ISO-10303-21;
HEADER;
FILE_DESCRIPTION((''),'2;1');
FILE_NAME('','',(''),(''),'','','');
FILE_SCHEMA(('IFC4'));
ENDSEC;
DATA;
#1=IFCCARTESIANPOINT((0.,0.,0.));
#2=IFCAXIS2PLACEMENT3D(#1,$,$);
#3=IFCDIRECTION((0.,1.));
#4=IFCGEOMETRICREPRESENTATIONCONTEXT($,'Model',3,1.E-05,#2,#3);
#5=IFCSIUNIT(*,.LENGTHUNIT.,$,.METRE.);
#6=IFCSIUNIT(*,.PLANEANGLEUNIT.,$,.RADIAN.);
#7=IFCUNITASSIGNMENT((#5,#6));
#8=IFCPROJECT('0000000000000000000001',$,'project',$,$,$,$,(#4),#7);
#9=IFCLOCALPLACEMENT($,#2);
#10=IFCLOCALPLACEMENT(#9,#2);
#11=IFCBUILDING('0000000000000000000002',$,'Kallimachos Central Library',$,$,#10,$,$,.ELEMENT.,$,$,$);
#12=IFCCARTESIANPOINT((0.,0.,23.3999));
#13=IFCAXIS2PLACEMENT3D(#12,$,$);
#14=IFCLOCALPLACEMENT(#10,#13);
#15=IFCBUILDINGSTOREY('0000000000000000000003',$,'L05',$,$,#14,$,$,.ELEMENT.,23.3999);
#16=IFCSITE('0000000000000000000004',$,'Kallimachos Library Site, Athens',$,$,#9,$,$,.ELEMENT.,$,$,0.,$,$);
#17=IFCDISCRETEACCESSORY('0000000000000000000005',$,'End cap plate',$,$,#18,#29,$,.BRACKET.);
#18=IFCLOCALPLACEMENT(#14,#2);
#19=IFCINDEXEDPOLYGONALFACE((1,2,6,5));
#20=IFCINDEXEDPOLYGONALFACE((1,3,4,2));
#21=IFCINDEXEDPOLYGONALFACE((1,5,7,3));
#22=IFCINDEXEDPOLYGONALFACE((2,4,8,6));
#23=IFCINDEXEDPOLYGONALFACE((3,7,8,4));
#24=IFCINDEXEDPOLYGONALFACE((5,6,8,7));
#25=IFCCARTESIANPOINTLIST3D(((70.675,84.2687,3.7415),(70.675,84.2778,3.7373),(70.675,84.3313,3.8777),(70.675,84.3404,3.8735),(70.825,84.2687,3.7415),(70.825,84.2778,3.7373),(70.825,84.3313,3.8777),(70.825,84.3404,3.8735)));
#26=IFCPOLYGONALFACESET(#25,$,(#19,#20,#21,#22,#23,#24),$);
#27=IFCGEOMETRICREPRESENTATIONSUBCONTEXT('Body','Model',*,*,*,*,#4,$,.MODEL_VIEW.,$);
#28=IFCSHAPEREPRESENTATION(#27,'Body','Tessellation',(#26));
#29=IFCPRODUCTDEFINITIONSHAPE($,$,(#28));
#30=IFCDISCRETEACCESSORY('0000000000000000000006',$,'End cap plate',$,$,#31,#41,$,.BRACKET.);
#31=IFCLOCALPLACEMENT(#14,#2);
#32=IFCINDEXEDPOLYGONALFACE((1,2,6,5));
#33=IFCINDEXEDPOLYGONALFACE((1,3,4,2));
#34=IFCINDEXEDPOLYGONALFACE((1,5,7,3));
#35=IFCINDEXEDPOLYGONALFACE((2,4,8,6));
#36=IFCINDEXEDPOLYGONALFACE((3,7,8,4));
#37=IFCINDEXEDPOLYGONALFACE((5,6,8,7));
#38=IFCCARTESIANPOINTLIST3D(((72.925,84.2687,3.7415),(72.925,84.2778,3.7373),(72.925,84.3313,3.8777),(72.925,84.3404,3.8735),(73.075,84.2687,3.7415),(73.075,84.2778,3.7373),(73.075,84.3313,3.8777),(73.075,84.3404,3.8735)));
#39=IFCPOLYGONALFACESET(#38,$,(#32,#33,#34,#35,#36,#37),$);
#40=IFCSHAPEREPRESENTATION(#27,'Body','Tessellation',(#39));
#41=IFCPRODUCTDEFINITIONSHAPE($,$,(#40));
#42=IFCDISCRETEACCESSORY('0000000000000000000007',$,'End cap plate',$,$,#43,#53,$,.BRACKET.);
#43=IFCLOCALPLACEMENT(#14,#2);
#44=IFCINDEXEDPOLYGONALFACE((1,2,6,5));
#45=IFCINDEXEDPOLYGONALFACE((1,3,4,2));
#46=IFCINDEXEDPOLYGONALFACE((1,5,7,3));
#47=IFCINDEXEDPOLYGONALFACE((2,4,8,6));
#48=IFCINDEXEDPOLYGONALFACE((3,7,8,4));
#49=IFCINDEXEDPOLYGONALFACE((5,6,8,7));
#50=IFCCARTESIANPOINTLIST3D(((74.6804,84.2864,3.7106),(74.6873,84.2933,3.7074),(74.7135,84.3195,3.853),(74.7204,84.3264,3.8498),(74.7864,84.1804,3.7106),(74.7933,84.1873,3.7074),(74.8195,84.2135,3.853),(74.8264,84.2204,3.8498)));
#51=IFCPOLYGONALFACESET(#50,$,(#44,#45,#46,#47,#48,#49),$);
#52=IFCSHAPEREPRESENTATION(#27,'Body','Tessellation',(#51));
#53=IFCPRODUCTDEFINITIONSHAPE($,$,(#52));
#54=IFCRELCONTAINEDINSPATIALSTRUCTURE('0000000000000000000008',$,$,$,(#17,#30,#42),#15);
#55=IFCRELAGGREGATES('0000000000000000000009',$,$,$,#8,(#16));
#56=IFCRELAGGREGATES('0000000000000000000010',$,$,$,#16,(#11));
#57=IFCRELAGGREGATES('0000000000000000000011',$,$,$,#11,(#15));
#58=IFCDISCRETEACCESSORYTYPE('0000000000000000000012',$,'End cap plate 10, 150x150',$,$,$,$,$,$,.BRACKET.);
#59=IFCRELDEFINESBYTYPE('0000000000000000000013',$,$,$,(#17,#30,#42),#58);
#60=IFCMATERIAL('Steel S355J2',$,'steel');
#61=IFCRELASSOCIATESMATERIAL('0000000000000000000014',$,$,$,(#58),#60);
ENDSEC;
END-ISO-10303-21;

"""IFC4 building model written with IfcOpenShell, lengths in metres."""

from ifc_helpers import new_model, si_unit, direction, frame, origin, origin_2d, place, context, subcontext, project, spatial, rectangle, extrude, material, material_profile, profile_set, type_object, element, save


model = new_model("IFC4")

# Units and contexts
model_context = context("Model", 3, precision=1e-05, world=origin(), true_north=direction((0.0, 1.0)))
body_context = subcontext(model_context, "Body", "Model", "MODEL_VIEW")
ifc_project = project(units=[si_unit("LENGTHUNIT", "METRE"), si_unit("PLANEANGLEUNIT", "RADIAN")], contexts=[model_context])

# Site, building, storey
site_placement = place(None, origin())
site = spatial("IfcSite", under=ifc_project, at=site_placement, Name="Kallimachos Library Site, Athens", CompositionType="ELEMENT", RefElevation=0.0)
building_placement = place(site_placement, origin())
building = spatial("IfcBuilding", under=site, at=building_placement, Name="Kallimachos Central Library", CompositionType="ELEMENT")
storey_placement = place(building_placement, frame((0.0, 0.0, 23.3999)))
storey = spatial("IfcBuildingStorey", under=building, at=storey_placement, Name="L05", CompositionType="ELEMENT", Elevation=23.3999)

# Discrete accessories
ifc_material_1 = material(Name="Steel S355J2", Category="steel")
ifc_material_profile_1 = material_profile(ifc_material_1, rectangle(XDim=0.1499, YDim=0.1499, at=origin_2d()), Name="End cap plate 10, 150x150")
ifc_profile_set_1 = profile_set([ifc_material_profile_1], Name="Steel S355J2")
discrete_accessory_type = type_object("IfcDiscreteAccessoryType", Name="End cap plate 10, 150x150", PredefinedType="BRACKET", material=ifc_profile_set_1)
for number, where, z_axis, x_axis, name in (
    (1, (70.75, 84.3091, 3.8054), (0.0, -0.908677, 0.4175), (1.0, 0.0, 0.0), "End cap plate"),
    (2, (73.0, 84.3091, 3.8054), (0.0, -0.908677, 0.4175), (1.0, 0.0, 0.0), "End cap plate"),
):
    element("IfcDiscreteAccessory", number, at=place(storey_placement, frame(where, z_axis=z_axis, x_axis=x_axis)), inside=storey, type_object=discrete_accessory_type, Name=name, PredefinedType="BRACKET", context=body_context, shape_type="SweptSolid", body=[
        extrude(rectangle(XDim=0.1499, YDim=0.1499, at=origin_2d()), origin(), (0.0, 0.0, 1.0), 0.01),
    ])
discrete_accessory_1_placement = place(storey_placement, frame((74.7568, 84.2568, 3.7786), z_axis=(-0.671828, -0.671828, 0.31192), x_axis=(0.707107, -0.707107, 0.0)))
element("IfcDiscreteAccessory", 3, at=discrete_accessory_1_placement, inside=storey, type_object=discrete_accessory_type, Name="End cap plate", PredefinedType="BRACKET", context=body_context, shape_type="SweptSolid", body=[
    extrude(rectangle(XDim=0.1499, YDim=0.1499, at=origin_2d()), origin(), (0.0, 0.0, 1.0), 0.0103),
])

save(model, "model.ifc")
